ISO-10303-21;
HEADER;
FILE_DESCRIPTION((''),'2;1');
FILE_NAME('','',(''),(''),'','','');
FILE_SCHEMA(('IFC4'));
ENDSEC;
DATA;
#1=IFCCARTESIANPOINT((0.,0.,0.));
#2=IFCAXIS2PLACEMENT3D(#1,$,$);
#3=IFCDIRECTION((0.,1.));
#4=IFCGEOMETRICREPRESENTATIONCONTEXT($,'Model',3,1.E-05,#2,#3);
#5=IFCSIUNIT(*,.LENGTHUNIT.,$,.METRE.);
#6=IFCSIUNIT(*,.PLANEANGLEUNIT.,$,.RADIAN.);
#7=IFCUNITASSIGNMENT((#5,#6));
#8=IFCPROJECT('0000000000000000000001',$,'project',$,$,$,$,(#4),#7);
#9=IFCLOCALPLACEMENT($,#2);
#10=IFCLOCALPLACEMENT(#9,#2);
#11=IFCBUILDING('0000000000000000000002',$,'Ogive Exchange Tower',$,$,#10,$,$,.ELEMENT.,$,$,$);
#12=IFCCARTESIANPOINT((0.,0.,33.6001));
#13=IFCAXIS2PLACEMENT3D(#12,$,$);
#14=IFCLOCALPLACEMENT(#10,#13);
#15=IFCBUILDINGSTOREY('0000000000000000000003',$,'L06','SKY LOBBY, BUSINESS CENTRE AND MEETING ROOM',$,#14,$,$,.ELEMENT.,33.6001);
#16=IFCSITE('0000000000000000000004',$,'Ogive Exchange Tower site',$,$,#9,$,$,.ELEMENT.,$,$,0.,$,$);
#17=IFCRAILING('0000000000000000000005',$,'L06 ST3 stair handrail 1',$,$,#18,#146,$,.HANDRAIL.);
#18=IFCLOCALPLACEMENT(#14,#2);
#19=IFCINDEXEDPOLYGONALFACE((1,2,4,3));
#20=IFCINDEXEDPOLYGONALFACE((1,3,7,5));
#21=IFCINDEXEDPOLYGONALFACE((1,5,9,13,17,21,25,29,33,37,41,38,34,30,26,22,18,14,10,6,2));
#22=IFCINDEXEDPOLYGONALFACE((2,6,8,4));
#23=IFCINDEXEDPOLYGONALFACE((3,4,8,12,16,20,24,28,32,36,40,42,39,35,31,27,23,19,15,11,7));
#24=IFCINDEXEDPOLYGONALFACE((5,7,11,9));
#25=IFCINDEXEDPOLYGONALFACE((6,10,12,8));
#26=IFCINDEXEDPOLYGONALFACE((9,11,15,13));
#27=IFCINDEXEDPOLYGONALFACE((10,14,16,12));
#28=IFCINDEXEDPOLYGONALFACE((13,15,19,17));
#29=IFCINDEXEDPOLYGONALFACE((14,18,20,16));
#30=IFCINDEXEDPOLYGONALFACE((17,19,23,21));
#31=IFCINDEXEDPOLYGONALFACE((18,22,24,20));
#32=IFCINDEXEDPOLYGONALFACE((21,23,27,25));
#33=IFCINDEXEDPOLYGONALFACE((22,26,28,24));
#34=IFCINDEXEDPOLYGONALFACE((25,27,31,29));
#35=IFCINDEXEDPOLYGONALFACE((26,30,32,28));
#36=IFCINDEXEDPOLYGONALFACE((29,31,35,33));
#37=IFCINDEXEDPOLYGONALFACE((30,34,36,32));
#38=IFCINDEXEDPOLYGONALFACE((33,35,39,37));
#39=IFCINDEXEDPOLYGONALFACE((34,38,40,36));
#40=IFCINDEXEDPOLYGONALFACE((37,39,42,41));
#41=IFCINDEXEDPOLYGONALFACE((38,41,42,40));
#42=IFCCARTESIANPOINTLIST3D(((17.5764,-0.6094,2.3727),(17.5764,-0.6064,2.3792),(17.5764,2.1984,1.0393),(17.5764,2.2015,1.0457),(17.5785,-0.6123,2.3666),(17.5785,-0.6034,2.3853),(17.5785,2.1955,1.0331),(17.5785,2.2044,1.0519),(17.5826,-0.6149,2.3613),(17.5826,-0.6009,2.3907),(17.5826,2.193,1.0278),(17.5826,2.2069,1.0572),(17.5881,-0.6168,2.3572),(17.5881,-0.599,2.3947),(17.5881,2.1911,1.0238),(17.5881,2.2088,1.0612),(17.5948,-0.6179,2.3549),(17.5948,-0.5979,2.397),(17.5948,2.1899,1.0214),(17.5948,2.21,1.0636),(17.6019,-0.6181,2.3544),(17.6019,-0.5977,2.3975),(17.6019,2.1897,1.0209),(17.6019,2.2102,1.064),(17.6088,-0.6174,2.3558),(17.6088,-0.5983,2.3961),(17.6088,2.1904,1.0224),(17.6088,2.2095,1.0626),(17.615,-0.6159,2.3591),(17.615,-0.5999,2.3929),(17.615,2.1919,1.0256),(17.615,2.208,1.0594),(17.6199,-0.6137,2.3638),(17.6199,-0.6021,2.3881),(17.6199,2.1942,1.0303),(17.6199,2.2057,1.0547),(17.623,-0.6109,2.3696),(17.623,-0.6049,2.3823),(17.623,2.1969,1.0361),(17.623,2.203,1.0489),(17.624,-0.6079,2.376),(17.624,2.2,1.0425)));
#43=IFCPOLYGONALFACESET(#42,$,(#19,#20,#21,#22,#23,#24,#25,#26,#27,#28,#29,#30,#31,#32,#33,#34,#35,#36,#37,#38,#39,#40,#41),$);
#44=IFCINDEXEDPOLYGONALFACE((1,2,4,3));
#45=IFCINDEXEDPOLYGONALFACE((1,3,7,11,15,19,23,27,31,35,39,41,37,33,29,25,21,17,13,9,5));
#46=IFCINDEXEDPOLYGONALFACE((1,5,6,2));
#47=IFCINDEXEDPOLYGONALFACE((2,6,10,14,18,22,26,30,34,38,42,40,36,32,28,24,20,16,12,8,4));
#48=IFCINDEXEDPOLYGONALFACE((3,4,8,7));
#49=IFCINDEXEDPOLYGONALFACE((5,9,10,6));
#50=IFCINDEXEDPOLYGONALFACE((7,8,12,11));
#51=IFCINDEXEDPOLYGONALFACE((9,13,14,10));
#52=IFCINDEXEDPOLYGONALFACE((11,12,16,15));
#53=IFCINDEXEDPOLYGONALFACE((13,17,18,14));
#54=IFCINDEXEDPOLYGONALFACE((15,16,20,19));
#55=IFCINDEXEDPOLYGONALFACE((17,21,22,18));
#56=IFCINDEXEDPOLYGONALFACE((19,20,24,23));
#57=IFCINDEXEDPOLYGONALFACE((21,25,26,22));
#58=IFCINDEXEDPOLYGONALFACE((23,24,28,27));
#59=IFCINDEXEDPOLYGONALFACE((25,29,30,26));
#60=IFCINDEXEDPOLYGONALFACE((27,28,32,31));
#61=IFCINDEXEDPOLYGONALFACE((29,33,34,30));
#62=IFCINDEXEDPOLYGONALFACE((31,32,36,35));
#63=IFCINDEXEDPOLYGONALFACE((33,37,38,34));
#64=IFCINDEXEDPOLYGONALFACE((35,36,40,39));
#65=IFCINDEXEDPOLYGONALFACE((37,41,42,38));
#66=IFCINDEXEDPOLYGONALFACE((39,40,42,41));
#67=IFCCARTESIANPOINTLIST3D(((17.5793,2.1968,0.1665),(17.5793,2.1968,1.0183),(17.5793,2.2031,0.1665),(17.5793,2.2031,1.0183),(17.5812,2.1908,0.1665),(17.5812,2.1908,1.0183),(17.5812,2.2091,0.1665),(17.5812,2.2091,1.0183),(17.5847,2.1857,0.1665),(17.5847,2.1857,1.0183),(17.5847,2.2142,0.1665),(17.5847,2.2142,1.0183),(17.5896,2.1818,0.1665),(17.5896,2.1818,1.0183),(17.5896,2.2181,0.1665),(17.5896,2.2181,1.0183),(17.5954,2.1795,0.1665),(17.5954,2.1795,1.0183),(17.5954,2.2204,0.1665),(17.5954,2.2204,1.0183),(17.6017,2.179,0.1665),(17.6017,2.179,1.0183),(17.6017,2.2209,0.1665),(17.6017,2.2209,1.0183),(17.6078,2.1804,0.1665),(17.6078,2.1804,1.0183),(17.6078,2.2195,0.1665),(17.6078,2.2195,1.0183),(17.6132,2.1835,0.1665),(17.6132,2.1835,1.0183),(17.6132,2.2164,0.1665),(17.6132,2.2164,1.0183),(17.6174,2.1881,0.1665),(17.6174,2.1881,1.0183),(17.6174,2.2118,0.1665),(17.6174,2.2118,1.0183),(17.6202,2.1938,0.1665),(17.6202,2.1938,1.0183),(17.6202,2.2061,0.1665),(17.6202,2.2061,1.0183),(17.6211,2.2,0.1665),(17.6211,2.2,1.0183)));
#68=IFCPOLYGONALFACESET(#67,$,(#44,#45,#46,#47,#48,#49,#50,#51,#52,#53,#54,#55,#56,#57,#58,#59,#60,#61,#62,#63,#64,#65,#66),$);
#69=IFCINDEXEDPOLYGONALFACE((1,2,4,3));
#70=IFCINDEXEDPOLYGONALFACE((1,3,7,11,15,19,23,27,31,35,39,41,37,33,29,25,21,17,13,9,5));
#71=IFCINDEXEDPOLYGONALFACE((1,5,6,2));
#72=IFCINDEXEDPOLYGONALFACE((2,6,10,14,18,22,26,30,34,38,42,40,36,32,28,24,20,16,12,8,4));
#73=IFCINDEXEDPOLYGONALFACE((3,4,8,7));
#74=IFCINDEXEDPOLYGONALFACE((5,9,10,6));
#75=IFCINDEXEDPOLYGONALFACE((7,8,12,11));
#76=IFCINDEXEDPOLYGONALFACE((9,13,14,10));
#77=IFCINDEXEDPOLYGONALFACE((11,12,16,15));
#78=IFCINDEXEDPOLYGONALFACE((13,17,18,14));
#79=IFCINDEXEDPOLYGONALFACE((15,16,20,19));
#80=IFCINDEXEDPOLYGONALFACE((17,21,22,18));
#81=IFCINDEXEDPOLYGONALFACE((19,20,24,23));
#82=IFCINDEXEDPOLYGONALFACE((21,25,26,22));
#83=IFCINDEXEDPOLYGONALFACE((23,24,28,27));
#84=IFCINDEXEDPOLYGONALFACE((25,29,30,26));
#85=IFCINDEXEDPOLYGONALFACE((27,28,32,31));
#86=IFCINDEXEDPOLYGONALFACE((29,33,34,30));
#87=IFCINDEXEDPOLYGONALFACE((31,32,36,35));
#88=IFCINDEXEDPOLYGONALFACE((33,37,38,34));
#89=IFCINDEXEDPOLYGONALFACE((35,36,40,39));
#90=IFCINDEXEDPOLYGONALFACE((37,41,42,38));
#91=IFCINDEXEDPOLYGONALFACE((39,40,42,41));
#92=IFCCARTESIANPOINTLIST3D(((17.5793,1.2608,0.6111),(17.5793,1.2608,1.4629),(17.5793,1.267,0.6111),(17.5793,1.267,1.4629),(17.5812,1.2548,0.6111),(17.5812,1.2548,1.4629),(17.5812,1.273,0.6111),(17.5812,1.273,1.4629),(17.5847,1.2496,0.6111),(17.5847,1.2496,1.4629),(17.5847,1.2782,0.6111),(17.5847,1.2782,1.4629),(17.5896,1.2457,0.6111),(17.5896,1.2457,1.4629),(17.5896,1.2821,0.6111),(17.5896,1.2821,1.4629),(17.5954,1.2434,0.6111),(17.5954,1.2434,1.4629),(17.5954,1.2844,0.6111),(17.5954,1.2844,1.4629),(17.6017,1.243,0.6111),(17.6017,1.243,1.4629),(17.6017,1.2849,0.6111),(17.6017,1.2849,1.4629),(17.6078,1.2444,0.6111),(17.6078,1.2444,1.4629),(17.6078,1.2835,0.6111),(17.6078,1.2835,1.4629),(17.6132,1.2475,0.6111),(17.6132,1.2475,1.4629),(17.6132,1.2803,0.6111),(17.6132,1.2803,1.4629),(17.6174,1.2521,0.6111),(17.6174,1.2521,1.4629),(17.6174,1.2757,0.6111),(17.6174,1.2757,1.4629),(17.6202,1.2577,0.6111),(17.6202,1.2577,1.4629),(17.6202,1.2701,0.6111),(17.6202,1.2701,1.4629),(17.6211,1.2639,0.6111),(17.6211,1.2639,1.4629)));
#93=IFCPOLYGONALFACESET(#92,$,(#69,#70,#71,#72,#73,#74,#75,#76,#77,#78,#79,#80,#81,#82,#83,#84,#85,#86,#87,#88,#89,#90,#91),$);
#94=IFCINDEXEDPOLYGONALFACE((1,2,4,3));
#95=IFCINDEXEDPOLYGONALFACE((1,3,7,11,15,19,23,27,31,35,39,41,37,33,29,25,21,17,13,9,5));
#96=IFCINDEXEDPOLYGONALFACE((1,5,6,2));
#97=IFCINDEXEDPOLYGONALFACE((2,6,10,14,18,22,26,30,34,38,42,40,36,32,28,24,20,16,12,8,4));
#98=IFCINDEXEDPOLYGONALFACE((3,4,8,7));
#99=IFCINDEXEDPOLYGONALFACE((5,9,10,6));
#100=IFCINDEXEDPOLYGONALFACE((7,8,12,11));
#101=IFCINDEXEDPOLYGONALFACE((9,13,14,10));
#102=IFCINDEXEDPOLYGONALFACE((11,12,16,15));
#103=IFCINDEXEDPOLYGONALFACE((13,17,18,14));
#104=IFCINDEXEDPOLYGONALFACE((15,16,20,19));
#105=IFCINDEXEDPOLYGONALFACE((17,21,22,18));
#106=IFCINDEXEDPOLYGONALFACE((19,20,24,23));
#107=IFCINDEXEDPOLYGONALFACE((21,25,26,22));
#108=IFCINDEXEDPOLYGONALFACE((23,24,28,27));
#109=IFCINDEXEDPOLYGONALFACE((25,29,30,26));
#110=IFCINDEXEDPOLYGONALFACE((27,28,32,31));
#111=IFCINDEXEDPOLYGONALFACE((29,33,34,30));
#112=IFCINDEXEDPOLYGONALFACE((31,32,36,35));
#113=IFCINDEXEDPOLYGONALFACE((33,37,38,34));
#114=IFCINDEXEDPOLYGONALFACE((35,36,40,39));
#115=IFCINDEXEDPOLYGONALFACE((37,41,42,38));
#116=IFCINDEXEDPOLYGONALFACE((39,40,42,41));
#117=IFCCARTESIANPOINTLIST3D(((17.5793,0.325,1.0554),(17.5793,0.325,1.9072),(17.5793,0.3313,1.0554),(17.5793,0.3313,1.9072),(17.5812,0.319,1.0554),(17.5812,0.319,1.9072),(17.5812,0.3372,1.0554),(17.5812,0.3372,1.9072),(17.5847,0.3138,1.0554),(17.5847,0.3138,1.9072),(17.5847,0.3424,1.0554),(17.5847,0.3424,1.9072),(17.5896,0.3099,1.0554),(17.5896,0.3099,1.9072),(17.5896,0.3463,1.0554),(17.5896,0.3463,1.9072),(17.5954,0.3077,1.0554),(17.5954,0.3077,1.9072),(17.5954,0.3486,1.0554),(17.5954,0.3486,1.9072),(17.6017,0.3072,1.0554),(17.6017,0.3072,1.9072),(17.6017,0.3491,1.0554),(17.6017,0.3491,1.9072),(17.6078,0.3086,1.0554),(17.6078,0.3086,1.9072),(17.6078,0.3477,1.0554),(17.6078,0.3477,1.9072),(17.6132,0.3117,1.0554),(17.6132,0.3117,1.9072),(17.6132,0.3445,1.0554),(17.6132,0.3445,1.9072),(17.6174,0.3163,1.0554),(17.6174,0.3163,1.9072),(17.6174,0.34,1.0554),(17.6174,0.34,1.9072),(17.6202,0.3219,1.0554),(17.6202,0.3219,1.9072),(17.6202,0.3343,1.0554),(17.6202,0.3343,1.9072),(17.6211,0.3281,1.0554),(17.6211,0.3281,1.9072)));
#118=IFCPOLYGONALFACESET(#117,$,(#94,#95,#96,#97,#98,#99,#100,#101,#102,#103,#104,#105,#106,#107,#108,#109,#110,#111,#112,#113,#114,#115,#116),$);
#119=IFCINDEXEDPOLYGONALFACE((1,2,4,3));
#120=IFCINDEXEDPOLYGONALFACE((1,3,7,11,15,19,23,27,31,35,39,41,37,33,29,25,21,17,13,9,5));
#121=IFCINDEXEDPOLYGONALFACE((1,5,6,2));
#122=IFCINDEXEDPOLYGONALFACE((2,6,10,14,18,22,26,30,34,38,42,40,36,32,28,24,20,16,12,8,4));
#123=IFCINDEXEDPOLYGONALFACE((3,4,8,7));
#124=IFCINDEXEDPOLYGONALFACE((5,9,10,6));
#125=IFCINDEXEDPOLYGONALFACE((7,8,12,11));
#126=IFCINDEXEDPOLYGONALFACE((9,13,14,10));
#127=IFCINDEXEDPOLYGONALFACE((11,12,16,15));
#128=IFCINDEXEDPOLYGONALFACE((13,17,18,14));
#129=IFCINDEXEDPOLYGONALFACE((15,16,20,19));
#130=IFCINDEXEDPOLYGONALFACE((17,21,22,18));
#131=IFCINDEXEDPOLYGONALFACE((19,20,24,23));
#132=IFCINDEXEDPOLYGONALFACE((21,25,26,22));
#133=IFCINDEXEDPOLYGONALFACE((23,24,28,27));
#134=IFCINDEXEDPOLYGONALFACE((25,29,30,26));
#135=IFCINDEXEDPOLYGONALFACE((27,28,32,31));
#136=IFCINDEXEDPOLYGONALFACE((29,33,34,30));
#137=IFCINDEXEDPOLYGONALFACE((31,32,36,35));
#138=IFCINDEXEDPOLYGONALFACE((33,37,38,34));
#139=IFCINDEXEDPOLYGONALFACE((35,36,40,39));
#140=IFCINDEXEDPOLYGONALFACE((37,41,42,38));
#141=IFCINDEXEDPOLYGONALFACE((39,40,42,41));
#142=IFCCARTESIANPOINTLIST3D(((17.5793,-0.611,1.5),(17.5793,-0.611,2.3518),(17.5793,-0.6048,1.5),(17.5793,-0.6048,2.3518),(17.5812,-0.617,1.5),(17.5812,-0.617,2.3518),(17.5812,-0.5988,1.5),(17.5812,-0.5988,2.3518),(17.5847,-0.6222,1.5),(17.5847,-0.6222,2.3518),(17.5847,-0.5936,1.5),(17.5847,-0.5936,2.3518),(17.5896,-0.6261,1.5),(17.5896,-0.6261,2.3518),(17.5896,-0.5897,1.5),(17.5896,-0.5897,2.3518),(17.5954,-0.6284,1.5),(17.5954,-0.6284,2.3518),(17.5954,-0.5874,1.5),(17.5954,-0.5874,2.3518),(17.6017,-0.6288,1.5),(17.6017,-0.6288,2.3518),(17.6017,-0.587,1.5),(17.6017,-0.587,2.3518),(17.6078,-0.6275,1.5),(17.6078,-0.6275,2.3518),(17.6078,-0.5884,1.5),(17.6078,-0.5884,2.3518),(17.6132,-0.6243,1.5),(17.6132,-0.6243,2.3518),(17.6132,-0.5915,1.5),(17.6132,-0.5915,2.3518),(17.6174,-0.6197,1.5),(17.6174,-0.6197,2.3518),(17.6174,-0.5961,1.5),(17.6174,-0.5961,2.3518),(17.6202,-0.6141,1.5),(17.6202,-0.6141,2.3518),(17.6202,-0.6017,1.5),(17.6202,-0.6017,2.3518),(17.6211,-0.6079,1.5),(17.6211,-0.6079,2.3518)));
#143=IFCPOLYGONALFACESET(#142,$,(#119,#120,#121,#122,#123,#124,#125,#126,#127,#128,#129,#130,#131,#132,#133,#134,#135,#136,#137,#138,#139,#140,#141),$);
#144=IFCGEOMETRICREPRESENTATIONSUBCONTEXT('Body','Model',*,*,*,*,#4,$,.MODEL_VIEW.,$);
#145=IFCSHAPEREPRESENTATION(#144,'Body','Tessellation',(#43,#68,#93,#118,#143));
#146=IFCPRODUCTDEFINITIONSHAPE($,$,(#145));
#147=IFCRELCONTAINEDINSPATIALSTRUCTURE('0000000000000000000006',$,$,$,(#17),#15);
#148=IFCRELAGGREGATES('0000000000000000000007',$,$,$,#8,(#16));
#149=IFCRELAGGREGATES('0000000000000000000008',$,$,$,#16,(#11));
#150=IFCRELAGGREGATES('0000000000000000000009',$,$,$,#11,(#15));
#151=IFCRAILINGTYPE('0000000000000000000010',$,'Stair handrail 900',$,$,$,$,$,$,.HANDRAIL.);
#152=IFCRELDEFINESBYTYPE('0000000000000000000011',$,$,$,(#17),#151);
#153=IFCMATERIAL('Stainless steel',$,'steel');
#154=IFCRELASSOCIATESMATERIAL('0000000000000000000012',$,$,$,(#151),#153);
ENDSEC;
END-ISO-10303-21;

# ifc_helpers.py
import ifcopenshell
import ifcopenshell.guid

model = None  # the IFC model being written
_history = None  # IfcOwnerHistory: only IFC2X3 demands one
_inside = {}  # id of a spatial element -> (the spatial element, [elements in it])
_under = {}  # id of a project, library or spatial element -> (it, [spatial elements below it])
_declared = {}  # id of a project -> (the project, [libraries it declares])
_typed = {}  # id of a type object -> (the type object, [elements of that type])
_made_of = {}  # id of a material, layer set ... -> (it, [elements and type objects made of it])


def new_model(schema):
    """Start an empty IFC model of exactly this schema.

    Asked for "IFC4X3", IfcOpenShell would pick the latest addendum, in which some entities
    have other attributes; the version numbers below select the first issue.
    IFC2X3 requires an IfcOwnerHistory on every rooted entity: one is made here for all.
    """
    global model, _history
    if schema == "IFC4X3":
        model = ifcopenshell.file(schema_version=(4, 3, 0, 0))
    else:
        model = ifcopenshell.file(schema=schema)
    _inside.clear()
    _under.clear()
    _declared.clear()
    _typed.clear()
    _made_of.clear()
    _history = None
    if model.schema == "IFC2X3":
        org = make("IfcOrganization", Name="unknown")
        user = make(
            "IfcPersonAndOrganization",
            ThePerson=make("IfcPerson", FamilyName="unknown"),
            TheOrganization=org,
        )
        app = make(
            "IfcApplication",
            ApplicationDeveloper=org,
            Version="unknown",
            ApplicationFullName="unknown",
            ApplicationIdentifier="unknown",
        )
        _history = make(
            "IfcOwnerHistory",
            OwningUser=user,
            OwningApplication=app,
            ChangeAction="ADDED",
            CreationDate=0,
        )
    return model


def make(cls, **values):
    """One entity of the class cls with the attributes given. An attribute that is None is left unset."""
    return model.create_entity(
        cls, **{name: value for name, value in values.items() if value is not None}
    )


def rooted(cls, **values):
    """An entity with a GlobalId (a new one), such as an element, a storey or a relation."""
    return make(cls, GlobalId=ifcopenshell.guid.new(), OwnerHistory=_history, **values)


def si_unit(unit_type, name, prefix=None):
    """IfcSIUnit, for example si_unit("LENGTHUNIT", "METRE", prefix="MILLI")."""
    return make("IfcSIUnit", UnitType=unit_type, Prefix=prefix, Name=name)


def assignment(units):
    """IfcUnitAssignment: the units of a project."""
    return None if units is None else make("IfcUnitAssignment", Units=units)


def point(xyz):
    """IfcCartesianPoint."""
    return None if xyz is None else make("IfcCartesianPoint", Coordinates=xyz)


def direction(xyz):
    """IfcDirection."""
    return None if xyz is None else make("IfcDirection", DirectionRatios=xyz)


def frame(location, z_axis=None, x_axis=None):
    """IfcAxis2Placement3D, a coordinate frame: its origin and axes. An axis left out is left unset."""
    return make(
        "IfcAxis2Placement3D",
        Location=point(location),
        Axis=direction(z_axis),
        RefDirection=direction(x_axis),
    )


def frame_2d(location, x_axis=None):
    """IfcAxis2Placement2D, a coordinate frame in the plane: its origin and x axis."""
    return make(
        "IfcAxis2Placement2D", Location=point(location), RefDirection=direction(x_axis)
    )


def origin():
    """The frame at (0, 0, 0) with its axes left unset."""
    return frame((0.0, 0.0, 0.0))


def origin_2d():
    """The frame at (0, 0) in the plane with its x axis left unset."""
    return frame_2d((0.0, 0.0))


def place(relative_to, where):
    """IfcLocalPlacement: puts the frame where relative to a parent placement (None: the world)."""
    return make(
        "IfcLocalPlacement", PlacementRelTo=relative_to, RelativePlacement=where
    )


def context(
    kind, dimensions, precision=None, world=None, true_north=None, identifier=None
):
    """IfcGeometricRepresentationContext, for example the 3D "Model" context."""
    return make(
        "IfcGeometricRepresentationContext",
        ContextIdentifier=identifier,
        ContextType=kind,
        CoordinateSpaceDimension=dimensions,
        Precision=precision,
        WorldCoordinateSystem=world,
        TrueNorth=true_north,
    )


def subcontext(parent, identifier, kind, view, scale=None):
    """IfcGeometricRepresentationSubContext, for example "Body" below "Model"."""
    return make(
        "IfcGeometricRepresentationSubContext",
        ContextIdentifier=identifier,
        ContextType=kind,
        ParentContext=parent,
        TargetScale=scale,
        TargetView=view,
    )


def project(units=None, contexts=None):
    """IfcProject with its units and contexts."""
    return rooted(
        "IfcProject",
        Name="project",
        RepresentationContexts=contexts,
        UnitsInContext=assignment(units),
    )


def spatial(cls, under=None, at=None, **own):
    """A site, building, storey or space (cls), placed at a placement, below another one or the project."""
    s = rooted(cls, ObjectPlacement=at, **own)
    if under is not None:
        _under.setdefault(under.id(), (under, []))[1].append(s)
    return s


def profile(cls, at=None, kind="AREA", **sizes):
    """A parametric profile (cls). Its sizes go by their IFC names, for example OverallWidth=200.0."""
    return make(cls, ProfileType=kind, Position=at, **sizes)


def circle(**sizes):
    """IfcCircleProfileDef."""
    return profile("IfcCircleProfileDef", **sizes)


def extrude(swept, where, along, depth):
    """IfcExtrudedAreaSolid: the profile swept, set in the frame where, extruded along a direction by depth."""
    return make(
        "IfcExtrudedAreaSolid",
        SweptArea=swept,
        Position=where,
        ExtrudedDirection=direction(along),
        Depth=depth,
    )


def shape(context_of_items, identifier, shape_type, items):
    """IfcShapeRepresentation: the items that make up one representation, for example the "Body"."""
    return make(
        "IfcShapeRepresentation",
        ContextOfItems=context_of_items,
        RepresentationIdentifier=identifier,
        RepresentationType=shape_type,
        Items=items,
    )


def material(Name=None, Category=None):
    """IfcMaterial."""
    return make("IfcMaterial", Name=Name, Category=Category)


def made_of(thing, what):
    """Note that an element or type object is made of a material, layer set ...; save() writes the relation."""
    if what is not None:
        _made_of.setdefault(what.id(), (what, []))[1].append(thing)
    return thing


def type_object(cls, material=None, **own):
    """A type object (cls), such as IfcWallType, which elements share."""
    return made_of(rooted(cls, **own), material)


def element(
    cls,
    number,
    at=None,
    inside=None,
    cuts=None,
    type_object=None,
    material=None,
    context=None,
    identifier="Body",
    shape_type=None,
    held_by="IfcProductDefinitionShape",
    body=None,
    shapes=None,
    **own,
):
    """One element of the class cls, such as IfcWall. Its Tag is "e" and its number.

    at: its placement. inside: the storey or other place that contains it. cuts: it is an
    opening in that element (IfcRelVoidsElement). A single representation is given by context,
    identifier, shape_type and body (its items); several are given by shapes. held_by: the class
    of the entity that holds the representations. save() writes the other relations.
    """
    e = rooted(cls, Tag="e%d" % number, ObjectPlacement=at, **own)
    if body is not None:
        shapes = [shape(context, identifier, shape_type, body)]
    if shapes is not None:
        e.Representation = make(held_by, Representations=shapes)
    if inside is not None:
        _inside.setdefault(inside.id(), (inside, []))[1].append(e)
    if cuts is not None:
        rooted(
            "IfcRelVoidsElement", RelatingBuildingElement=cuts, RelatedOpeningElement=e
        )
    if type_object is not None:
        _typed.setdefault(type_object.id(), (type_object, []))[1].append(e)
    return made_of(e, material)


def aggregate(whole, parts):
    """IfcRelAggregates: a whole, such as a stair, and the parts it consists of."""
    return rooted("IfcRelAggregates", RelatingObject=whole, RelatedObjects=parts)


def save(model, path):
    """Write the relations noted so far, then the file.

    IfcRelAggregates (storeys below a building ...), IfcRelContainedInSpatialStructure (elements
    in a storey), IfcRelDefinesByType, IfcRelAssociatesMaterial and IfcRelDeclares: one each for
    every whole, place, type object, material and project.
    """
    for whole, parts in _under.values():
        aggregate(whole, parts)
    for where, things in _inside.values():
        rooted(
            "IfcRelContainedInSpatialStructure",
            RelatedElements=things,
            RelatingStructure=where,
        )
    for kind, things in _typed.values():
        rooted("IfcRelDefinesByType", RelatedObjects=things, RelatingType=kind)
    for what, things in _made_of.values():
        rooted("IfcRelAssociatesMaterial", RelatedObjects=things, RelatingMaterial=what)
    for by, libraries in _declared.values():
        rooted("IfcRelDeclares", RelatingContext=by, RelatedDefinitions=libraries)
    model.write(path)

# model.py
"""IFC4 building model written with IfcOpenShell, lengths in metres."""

from ifc_helpers import new_model, si_unit, direction, frame, origin, origin_2d, place, context, subcontext, project, spatial, circle, extrude, material, type_object, element, save


model = new_model("IFC4")

# Units and contexts
model_context = context("Model", 3, precision=1e-05, world=origin(), true_north=direction((0.0, 1.0)))
body_context = subcontext(model_context, "Body", "Model", "MODEL_VIEW")
ifc_project = project(units=[si_unit("LENGTHUNIT", "METRE"), si_unit("PLANEANGLEUNIT", "RADIAN")], contexts=[model_context])

# Site, building, storey
site_placement = place(None, origin())
site = spatial("IfcSite", under=ifc_project, at=site_placement, Name="Ogive Exchange Tower site", CompositionType="ELEMENT", RefElevation=0.0)
building_placement = place(site_placement, origin())
building = spatial("IfcBuilding", under=site, at=building_placement, Name="Ogive Exchange Tower", CompositionType="ELEMENT")
storey_placement = place(building_placement, frame((0.0, 0.0, 33.6001)))
storey = spatial("IfcBuildingStorey", under=building, at=storey_placement, Name="L06", Description="SKY LOBBY, BUSINESS CENTRE AND MEETING ROOM", CompositionType="ELEMENT", Elevation=33.6001)

# Railing
ifc_material_1 = material(Name="Stainless steel", Category="steel")
railing_type = type_object("IfcRailingType", Name="Stair handrail 900", PredefinedType="HANDRAIL", material=ifc_material_1)
for number, where, name in (
    (1, (17.6001, 2.2, 0.1665), "L06 ST3 stair handrail 1"),
):
    element("IfcRailing", number, at=place(storey_placement, frame(where)), inside=storey, type_object=railing_type, Name=name, PredefinedType="HANDRAIL", context=body_context, shape_type="SweptSolid", body=[
        extrude(circle(Radius=0.0239, at=origin_2d()), frame((0.0, 0.0, 0.876), z_axis=(0.0, -0.903307, 0.428994), x_axis=(1.0, 0.0, 0.0)), (0.0, 0.0, 1.0), 3.1084),
        extrude(circle(Radius=0.021, at=origin_2d()), origin(), (0.0, 0.0, 1.0), 0.8518),
        extrude(circle(Radius=0.021, at=origin_2d()), frame((0.0, -0.936, 0.4446)), (0.0, 0.0, 1.0), 0.8518),
        extrude(circle(Radius=0.021, at=origin_2d()), frame((0.0, -1.8718, 0.8889)), (0.0, 0.0, 1.0), 0.8518),
        extrude(circle(Radius=0.021, at=origin_2d()), frame((0.0, -2.8079, 1.3335)), (0.0, 0.0, 1.0), 0.8518),
    ])

save(model, "model.ifc")
